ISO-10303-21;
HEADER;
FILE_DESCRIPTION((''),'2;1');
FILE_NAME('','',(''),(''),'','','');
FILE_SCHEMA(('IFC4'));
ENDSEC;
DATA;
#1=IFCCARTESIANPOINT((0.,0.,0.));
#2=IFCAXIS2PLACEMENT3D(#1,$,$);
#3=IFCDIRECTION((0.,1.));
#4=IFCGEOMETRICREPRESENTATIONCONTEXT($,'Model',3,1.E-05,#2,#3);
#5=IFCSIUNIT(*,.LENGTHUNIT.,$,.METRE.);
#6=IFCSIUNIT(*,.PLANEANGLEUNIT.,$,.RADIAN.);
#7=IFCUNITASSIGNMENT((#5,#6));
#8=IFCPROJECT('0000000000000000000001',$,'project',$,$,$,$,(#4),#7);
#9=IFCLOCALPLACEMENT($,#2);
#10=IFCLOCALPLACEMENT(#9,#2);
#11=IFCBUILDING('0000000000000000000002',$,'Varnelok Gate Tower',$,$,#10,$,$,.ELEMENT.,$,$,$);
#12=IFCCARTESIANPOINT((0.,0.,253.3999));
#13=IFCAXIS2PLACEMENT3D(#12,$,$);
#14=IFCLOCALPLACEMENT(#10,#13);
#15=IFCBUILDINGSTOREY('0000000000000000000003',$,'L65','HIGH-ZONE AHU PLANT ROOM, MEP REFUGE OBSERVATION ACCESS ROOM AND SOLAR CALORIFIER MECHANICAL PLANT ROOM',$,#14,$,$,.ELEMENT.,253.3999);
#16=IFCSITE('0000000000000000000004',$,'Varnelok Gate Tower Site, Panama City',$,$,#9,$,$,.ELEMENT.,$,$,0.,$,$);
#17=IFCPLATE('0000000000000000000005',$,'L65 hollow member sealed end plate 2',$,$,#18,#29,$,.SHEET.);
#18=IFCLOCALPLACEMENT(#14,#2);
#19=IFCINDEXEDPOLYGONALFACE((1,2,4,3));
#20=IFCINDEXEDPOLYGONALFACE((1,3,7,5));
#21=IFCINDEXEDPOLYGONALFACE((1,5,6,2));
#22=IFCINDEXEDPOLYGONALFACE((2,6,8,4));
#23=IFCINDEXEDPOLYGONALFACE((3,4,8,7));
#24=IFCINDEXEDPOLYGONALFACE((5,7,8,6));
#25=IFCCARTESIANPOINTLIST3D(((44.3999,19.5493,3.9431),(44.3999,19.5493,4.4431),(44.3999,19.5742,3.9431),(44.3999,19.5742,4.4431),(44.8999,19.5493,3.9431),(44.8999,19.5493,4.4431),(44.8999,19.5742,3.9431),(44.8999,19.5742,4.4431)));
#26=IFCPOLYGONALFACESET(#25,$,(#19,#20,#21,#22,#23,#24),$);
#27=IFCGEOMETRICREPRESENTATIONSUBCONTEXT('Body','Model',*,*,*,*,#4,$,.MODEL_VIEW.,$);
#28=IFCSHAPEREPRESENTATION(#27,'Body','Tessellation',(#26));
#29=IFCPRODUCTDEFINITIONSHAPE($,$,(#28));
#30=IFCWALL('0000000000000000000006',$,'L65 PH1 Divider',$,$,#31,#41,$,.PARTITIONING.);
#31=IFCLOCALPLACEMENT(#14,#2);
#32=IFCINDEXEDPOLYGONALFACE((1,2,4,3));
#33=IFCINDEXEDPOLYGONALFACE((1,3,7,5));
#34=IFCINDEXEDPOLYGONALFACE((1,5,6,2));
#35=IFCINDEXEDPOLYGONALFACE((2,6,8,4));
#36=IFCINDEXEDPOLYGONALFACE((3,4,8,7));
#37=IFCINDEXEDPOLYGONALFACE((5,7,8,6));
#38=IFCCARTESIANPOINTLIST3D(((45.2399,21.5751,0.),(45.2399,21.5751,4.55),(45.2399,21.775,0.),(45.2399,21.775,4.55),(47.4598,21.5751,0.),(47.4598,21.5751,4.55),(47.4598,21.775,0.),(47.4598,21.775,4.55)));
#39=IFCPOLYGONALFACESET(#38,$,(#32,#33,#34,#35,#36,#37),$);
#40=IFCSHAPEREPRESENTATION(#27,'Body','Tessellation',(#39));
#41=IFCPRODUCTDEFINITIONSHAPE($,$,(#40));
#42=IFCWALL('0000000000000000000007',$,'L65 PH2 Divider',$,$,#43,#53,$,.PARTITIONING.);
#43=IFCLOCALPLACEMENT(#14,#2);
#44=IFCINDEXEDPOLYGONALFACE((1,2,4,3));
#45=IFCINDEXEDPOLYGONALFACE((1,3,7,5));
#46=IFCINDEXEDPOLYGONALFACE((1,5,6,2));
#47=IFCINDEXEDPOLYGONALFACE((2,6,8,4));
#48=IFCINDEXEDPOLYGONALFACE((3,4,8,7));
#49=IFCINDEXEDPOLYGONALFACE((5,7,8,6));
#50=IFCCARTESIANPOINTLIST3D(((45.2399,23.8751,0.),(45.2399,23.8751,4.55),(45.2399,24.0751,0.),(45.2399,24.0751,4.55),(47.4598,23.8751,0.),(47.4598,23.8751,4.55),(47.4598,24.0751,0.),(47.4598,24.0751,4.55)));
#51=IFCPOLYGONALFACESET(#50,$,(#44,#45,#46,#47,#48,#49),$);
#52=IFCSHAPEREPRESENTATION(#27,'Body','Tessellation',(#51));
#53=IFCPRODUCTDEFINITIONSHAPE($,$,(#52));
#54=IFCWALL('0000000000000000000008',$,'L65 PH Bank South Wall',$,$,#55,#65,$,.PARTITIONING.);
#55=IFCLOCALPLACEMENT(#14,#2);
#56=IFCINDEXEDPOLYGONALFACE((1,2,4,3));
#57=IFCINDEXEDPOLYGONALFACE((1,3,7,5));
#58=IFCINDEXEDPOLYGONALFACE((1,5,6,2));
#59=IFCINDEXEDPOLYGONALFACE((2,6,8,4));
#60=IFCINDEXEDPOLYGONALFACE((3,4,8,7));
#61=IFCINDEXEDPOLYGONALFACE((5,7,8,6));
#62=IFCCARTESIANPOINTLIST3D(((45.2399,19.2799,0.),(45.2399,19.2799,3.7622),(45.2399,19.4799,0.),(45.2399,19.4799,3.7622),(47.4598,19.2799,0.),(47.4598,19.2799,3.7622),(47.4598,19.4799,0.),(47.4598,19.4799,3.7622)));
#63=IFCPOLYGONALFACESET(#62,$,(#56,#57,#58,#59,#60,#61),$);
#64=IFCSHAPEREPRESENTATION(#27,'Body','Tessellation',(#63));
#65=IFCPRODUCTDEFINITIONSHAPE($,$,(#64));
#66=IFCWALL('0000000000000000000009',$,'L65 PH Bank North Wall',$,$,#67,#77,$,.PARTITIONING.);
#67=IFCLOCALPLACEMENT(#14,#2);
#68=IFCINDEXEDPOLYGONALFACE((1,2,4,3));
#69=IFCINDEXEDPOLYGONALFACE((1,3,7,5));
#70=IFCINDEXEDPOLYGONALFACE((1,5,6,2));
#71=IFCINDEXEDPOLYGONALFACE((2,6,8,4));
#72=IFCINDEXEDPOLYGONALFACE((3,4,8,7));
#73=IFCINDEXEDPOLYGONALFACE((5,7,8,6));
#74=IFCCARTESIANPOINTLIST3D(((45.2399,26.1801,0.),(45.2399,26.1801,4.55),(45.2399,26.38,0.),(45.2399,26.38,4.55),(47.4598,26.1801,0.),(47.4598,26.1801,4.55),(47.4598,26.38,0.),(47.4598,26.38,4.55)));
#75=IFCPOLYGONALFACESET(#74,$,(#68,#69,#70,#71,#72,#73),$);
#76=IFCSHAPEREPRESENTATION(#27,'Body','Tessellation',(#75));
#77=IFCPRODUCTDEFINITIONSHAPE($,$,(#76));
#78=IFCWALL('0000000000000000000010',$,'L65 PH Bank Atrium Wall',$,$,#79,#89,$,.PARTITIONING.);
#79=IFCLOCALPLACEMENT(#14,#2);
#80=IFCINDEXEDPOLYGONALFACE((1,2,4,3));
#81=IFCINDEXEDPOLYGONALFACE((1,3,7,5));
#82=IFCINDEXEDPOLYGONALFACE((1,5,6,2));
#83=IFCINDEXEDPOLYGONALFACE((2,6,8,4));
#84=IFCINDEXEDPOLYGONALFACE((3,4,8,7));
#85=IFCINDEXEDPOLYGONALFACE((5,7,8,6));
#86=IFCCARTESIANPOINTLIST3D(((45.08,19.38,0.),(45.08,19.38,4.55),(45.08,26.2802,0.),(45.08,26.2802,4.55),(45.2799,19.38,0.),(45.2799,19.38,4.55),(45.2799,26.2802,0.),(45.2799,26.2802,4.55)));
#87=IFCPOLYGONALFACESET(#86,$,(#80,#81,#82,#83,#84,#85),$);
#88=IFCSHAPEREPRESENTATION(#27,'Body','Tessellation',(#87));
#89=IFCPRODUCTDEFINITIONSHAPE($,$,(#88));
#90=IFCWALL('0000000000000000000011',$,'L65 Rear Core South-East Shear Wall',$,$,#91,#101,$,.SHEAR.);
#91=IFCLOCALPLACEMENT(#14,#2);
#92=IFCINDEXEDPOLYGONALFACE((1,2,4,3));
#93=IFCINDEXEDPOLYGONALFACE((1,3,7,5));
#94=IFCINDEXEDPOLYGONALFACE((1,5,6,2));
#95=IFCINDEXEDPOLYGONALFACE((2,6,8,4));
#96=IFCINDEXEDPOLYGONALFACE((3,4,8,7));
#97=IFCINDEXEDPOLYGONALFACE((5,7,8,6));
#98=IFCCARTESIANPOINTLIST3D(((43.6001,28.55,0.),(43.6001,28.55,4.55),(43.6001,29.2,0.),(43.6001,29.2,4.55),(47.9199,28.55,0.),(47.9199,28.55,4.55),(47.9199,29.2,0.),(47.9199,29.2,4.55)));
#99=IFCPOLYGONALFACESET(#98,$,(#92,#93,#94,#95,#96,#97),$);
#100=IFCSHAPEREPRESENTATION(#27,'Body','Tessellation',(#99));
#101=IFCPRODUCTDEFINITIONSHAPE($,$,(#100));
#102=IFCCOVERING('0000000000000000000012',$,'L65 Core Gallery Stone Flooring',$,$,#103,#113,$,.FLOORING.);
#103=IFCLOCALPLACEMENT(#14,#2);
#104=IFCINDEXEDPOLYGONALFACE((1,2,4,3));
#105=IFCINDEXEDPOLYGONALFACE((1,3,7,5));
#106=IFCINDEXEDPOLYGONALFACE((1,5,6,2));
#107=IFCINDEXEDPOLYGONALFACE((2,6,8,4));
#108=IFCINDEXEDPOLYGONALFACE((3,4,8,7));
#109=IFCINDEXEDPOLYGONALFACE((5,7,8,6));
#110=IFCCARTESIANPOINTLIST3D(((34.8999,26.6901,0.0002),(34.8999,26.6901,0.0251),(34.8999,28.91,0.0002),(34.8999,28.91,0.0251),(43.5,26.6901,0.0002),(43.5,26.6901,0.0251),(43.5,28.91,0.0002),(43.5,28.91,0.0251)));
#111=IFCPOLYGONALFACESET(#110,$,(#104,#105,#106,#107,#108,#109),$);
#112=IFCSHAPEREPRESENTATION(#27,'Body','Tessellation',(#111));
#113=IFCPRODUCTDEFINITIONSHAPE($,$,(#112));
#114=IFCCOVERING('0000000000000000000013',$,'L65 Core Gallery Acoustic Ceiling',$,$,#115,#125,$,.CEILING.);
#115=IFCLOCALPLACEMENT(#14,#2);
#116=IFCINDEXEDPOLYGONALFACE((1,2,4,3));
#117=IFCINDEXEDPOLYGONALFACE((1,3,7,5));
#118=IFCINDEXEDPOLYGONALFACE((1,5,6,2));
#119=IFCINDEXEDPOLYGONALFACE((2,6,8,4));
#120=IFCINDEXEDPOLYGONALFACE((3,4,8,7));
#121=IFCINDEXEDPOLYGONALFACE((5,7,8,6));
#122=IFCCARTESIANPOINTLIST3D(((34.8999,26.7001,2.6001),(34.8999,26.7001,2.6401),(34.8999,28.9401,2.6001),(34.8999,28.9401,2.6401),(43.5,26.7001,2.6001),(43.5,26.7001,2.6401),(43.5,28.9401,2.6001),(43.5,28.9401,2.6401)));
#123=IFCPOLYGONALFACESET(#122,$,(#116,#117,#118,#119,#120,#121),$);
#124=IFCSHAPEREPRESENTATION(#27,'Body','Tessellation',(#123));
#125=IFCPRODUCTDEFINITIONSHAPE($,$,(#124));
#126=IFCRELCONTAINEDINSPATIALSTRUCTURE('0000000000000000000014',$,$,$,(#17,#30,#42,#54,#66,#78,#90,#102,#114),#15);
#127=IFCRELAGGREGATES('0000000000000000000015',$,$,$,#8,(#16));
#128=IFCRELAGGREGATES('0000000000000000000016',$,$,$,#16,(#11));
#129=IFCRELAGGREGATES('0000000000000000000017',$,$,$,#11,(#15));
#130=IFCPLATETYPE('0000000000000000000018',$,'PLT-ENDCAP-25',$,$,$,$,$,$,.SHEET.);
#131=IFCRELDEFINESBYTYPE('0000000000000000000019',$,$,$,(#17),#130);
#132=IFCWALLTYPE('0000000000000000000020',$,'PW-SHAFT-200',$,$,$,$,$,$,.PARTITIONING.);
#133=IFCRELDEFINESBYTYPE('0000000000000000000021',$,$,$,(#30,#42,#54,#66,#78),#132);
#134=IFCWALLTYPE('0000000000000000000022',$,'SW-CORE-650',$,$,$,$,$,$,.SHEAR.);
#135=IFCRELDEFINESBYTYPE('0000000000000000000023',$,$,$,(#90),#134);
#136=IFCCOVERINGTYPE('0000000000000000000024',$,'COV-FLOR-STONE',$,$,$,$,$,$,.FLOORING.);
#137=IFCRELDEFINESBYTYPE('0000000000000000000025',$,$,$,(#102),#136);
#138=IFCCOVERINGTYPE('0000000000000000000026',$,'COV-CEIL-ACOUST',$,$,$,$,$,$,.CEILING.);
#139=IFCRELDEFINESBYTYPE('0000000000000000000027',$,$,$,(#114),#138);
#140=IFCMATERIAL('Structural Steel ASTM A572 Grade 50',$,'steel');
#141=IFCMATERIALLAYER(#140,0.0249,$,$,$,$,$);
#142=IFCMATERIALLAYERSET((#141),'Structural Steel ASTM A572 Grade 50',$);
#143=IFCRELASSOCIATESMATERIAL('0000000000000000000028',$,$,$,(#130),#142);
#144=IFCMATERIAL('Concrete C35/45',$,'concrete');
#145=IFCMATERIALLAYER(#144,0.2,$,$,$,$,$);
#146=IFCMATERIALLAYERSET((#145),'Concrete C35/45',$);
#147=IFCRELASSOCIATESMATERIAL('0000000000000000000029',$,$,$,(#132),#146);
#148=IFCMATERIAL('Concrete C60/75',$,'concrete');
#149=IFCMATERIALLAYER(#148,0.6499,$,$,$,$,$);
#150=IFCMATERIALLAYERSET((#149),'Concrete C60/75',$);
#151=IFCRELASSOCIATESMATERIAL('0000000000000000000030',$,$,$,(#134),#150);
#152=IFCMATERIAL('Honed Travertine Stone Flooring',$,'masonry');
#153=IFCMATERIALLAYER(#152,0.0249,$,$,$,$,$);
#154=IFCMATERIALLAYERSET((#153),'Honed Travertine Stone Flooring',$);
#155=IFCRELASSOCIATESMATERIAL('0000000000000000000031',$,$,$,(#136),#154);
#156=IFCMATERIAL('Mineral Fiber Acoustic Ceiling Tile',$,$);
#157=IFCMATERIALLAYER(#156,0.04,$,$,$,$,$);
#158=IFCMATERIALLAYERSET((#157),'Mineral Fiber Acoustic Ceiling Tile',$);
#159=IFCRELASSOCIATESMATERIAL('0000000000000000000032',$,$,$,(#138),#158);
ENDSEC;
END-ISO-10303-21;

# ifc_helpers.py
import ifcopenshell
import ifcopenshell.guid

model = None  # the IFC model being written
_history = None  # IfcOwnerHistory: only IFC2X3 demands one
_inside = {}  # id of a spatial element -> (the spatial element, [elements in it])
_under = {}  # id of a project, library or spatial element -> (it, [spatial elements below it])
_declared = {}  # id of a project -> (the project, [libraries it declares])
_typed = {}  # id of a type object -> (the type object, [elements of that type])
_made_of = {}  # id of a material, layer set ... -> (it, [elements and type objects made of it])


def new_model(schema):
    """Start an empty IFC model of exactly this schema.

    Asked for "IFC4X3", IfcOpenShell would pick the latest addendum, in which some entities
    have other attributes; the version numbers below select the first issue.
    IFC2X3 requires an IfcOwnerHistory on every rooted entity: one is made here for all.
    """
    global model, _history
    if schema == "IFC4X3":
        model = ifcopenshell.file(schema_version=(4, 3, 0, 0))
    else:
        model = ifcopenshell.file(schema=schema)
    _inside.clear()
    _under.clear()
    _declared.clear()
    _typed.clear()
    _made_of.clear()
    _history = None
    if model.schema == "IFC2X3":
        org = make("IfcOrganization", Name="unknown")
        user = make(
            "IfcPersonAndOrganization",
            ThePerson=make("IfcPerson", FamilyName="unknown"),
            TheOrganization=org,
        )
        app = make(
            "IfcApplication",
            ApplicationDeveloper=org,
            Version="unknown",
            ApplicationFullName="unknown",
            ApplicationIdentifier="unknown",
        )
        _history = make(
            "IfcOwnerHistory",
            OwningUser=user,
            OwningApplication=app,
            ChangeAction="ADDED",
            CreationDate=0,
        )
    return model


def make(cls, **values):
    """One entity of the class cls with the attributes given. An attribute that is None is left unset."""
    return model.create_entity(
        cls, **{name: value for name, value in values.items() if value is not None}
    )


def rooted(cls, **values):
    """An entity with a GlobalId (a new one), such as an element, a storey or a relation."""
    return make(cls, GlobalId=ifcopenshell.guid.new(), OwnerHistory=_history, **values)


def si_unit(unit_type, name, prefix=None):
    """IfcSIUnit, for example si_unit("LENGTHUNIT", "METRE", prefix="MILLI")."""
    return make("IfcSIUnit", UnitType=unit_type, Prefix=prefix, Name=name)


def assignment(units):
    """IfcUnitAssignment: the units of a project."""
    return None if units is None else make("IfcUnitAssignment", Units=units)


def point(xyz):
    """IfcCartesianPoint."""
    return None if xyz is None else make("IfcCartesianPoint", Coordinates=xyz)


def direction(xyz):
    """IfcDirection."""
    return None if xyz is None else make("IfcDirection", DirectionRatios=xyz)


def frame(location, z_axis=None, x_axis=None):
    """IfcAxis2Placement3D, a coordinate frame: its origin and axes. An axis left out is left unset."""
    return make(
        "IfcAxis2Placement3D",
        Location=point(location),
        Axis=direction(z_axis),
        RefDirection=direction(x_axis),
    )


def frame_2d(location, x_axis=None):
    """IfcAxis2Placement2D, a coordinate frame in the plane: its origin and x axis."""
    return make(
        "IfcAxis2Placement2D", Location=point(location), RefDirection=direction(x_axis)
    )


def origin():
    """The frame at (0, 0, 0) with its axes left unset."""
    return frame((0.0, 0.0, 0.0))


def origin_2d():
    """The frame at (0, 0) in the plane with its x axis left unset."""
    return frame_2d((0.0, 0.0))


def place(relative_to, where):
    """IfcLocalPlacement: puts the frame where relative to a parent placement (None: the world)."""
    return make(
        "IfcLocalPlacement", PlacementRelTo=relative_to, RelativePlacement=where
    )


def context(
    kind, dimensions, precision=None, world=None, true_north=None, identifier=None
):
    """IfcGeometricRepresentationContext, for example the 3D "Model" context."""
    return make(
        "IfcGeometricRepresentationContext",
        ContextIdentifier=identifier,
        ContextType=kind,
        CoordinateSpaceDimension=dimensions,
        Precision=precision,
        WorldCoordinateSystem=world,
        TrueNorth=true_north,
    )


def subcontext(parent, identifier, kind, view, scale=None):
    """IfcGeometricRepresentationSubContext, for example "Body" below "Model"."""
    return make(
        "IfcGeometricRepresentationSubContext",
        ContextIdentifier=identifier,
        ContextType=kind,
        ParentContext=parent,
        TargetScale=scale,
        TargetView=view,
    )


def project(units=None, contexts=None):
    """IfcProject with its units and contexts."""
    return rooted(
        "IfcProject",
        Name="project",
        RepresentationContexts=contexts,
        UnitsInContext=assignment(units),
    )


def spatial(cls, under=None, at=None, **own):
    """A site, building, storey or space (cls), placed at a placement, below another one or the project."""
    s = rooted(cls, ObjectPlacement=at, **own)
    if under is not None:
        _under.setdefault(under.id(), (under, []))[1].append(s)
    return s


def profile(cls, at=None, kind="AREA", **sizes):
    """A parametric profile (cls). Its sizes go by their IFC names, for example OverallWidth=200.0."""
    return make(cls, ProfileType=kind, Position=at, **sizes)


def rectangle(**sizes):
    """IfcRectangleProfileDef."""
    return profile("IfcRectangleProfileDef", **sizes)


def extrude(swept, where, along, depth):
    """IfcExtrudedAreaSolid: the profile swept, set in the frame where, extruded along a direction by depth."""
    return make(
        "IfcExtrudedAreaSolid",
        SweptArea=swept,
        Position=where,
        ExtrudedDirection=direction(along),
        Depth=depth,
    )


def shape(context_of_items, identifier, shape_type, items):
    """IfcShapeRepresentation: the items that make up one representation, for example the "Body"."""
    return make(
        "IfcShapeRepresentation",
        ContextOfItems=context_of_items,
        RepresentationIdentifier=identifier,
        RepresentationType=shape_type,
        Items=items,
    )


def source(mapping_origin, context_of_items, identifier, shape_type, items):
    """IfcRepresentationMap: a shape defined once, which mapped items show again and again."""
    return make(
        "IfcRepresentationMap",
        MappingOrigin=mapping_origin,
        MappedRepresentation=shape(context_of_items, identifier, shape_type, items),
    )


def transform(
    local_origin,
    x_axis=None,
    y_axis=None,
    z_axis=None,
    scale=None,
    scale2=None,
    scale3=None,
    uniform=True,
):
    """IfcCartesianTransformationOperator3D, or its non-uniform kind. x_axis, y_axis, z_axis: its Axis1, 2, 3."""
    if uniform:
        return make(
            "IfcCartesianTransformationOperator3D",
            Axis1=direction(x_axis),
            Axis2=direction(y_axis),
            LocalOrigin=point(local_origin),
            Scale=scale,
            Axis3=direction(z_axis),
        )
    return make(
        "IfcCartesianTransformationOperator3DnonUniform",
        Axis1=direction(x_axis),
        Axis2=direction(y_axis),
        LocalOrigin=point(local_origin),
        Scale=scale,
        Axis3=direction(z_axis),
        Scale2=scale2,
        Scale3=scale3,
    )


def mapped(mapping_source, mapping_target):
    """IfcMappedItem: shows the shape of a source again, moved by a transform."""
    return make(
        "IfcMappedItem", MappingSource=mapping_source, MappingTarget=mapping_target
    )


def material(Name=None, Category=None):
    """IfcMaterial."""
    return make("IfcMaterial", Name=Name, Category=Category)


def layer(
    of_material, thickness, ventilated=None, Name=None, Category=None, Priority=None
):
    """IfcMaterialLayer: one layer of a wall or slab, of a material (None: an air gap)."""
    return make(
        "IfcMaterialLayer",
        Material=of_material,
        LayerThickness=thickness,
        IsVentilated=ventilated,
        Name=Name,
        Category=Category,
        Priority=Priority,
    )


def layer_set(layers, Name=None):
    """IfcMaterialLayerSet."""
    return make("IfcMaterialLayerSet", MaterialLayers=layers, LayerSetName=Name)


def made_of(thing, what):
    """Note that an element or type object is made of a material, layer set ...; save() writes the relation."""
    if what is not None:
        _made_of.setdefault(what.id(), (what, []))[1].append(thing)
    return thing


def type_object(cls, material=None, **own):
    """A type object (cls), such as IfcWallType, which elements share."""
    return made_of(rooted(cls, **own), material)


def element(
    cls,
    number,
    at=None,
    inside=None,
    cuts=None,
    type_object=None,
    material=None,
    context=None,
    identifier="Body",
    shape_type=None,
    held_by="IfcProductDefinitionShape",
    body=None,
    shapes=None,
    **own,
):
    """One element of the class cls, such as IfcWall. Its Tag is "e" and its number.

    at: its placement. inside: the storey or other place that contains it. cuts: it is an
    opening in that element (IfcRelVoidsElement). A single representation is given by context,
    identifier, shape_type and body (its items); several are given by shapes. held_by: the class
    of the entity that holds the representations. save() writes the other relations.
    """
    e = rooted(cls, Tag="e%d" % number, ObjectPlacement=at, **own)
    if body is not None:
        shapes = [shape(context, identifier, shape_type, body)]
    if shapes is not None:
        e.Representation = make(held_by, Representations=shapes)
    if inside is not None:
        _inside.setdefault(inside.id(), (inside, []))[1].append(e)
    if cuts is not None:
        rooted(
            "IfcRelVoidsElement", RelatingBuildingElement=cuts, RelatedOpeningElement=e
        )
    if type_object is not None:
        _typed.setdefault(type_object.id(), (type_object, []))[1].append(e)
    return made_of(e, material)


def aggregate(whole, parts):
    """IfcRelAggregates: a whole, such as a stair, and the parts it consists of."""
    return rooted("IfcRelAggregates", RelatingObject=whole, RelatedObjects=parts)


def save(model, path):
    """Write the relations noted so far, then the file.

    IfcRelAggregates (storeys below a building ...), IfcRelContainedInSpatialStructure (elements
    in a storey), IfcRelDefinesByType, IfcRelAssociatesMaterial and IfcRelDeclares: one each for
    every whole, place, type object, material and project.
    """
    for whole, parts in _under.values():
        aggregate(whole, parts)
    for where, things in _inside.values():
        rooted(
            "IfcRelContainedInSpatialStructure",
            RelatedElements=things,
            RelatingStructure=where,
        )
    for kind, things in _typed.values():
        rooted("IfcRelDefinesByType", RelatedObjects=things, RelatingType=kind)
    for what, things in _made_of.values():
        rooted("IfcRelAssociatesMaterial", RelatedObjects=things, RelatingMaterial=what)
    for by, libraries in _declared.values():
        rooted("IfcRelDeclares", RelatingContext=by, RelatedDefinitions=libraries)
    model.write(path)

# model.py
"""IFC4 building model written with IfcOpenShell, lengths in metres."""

from ifc_helpers import new_model, si_unit, direction, frame, frame_2d, origin, origin_2d, place, context, subcontext, project, spatial, rectangle, extrude, source, transform, mapped, material, layer, layer_set, type_object, element, save


model = new_model("IFC4")

# Units and contexts
model_context = context("Model", 3, precision=1e-05, world=origin(), true_north=direction((0.0, 1.0)))
body_context = subcontext(model_context, "Body", "Model", "MODEL_VIEW")
ifc_project = project(units=[si_unit("LENGTHUNIT", "METRE"), si_unit("PLANEANGLEUNIT", "RADIAN")], contexts=[model_context])

# Site, building, storey
site_placement = place(None, origin())
site = spatial("IfcSite", under=ifc_project, at=site_placement, Name="Varnelok Gate Tower Site, Panama City", CompositionType="ELEMENT", RefElevation=0.0)
building_placement = place(site_placement, origin())
building = spatial("IfcBuilding", under=site, at=building_placement, Name="Varnelok Gate Tower", CompositionType="ELEMENT")
storey_placement = place(building_placement, frame((0.0, 0.0, 253.3999)))
storey = spatial("IfcBuildingStorey", under=building, at=storey_placement, Name="L65", Description="HIGH-ZONE AHU PLANT ROOM, MEP REFUGE OBSERVATION ACCESS ROOM AND SOLAR CALORIFIER MECHANICAL PLANT ROOM", CompositionType="ELEMENT", Elevation=253.3999)

# Shared definitions
ifc_material_1 = material(Name="Concrete C60/75", Category="concrete")

# Shared definitions
ifc_material_2 = material(Name="Structural Steel ASTM A572 Grade 50", Category="steel")

# Plate
ifc_layer_1 = layer(ifc_material_2, 0.0249)
ifc_layer_set_1 = layer_set([ifc_layer_1], Name="Structural Steel ASTM A572 Grade 50")
plate_type_1 = type_object("IfcPlateType", Name="PLT-ENDCAP-25", PredefinedType="SHEET", material=ifc_layer_set_1)
shared_shape_1 = source(origin(), body_context, "Body", "SweptSolid", [
    extrude(rectangle(XDim=0.0249, YDim=0.5, at=origin_2d()), origin(), (0.0, 0.0, 1.0), 0.5),
])
for number, where, z_axis, x_axis, name in (
    (1, (44.6499, 19.5618, 3.9431), (0.0, 0.0, 1.0), (0.0, -1.0, 0.0), "L65 hollow member sealed end plate 2"),
):
    element("IfcPlate", number, at=place(storey_placement, frame(where, z_axis=z_axis, x_axis=x_axis)), inside=storey, type_object=plate_type_1, Name=name, PredefinedType="SHEET", context=body_context, shape_type="MappedRepresentation", body=[
        mapped(shared_shape_1, transform((0.0, 0.0, 0.0), scale=1.0)),
    ])

# Walls
ifc_material_3 = material(Name="Concrete C35/45", Category="concrete")
ifc_layer_2 = layer(ifc_material_3, 0.2)
ifc_layer_set_2 = layer_set([ifc_layer_2], Name="Concrete C35/45")
wall_type_1 = type_object("IfcWallType", Name="PW-SHAFT-200", PredefinedType="PARTITIONING", material=ifc_layer_set_2)
for number, where, z_axis, x_axis, name in (
    (2, (45.24, 21.675, 0.0), (0.0, 0.0, 1.0), (1.0, 0.0, 0.0), "L65 PH1 Divider"),
    (3, (45.24, 23.9751, 0.0), (0.0, 0.0, 1.0), (1.0, 0.0, 0.0), "L65 PH2 Divider"),
):
    element("IfcWall", number, at=place(storey_placement, frame(where, z_axis=z_axis, x_axis=x_axis)), inside=storey, type_object=wall_type_1, Name=name, PredefinedType="PARTITIONING", context=body_context, shape_type="SweptSolid", body=[
        extrude(rectangle(XDim=2.22, YDim=0.2, at=frame_2d((1.1099, 0.0))), origin(), (0.0, 0.0, 1.0), 4.55),
    ])
wall_1_placement = place(storey_placement, frame((45.24, 19.3799, 0.0), z_axis=(0.0, 0.0, 1.0), x_axis=(1.0, 0.0, 0.0)))
element("IfcWall", 4, at=wall_1_placement, inside=storey, type_object=wall_type_1, Name="L65 PH Bank South Wall", PredefinedType="PARTITIONING", context=body_context, shape_type="SweptSolid", body=[
    extrude(rectangle(XDim=2.22, YDim=0.2, at=frame_2d((1.1099, 0.0))), origin(), (0.0, 0.0, 1.0), 3.7622),
])
wall_2_placement = place(storey_placement, frame((45.24, 26.28, 0.0), z_axis=(0.0, 0.0, 1.0), x_axis=(1.0, 0.0, 0.0)))
element("IfcWall", 5, at=wall_2_placement, inside=storey, type_object=wall_type_1, Name="L65 PH Bank North Wall", PredefinedType="PARTITIONING", context=body_context, shape_type="SweptSolid", body=[
    extrude(rectangle(XDim=2.22, YDim=0.2, at=frame_2d((1.1099, 0.0))), origin(), (0.0, 0.0, 1.0), 4.55),
])
wall_3_placement = place(storey_placement, frame((45.1799, 19.3799, 0.0), z_axis=(0.0, 0.0, 1.0), x_axis=(0.0, 1.0, 0.0)))
element("IfcWall", 6, at=wall_3_placement, inside=storey, type_object=wall_type_1, Name="L65 PH Bank Atrium Wall", PredefinedType="PARTITIONING", context=body_context, shape_type="SweptSolid", body=[
    extrude(rectangle(XDim=6.9001, YDim=0.2, at=frame_2d((3.4502, 0.0))), origin(), (0.0, 0.0, 1.0), 4.55),
])
ifc_layer_3 = layer(ifc_material_1, 0.6499)
ifc_layer_set_3 = layer_set([ifc_layer_3], Name="Concrete C60/75")
wall_type_2 = type_object("IfcWallType", Name="SW-CORE-650", PredefinedType="SHEAR", material=ifc_layer_set_3)
wall_4_placement = place(storey_placement, frame((43.6001, 28.875, 0.0), z_axis=(0.0, 0.0, 1.0), x_axis=(1.0, 0.0, 0.0)))
element("IfcWall", 7, at=wall_4_placement, inside=storey, type_object=wall_type_2, Name="L65 Rear Core South-East Shear Wall", PredefinedType="SHEAR", context=body_context, shape_type="SweptSolid", body=[
    extrude(rectangle(XDim=4.3198, YDim=0.6499, at=frame_2d((2.1599, 0.0))), origin(), (0.0, 0.0, 1.0), 4.55),
])

# Coverings
ifc_material_4 = material(Name="Honed Travertine Stone Flooring", Category="masonry")
ifc_layer_4 = layer(ifc_material_4, 0.0249)
ifc_layer_set_4 = layer_set([ifc_layer_4], Name="Honed Travertine Stone Flooring")
covering_type_1 = type_object("IfcCoveringType", Name="COV-FLOR-STONE", PredefinedType="FLOORING", material=ifc_layer_set_4)
shared_shape_2 = source(origin(), body_context, "Body", "SweptSolid", [
    extrude(rectangle(XDim=8.6001, YDim=2.22, at=origin_2d()), origin(), (0.0, 0.0, 1.0), 0.0249),
])
covering_1_placement = place(storey_placement, frame((39.2, 27.8, 0.0002), z_axis=(0.0, 0.0, 1.0), x_axis=(1.0, 0.0, 0.0)))
element("IfcCovering", 8, at=covering_1_placement, inside=storey, type_object=covering_type_1, Name="L65 Core Gallery Stone Flooring", PredefinedType="FLOORING", context=body_context, shape_type="MappedRepresentation", body=[
    mapped(shared_shape_2, transform((0.0, 0.0, 0.0), scale=1.0)),
])
ifc_material_5 = material(Name="Mineral Fiber Acoustic Ceiling Tile")
ifc_layer_5 = layer(ifc_material_5, 0.04)
ifc_layer_set_5 = layer_set([ifc_layer_5], Name="Mineral Fiber Acoustic Ceiling Tile")
covering_type_2 = type_object("IfcCoveringType", Name="COV-CEIL-ACOUST", PredefinedType="CEILING", material=ifc_layer_set_5)
shared_shape_3 = source(origin(), body_context, "Body", "SweptSolid", [
    extrude(rectangle(XDim=8.6001, YDim=2.24, at=origin_2d()), origin(), (0.0, 0.0, 1.0), 0.04),
])
covering_2_placement = place(storey_placement, frame((39.2, 27.8201, 2.6001), z_axis=(0.0, 0.0, 1.0), x_axis=(1.0, 0.0, 0.0)))
element("IfcCovering", 9, at=covering_2_placement, inside=storey, type_object=covering_type_2, Name="L65 Core Gallery Acoustic Ceiling", PredefinedType="CEILING", context=body_context, shape_type="MappedRepresentation", body=[
    mapped(shared_shape_3, transform((0.0, 0.0, 0.0), scale=1.0)),
])

save(model, "model.ifc")
